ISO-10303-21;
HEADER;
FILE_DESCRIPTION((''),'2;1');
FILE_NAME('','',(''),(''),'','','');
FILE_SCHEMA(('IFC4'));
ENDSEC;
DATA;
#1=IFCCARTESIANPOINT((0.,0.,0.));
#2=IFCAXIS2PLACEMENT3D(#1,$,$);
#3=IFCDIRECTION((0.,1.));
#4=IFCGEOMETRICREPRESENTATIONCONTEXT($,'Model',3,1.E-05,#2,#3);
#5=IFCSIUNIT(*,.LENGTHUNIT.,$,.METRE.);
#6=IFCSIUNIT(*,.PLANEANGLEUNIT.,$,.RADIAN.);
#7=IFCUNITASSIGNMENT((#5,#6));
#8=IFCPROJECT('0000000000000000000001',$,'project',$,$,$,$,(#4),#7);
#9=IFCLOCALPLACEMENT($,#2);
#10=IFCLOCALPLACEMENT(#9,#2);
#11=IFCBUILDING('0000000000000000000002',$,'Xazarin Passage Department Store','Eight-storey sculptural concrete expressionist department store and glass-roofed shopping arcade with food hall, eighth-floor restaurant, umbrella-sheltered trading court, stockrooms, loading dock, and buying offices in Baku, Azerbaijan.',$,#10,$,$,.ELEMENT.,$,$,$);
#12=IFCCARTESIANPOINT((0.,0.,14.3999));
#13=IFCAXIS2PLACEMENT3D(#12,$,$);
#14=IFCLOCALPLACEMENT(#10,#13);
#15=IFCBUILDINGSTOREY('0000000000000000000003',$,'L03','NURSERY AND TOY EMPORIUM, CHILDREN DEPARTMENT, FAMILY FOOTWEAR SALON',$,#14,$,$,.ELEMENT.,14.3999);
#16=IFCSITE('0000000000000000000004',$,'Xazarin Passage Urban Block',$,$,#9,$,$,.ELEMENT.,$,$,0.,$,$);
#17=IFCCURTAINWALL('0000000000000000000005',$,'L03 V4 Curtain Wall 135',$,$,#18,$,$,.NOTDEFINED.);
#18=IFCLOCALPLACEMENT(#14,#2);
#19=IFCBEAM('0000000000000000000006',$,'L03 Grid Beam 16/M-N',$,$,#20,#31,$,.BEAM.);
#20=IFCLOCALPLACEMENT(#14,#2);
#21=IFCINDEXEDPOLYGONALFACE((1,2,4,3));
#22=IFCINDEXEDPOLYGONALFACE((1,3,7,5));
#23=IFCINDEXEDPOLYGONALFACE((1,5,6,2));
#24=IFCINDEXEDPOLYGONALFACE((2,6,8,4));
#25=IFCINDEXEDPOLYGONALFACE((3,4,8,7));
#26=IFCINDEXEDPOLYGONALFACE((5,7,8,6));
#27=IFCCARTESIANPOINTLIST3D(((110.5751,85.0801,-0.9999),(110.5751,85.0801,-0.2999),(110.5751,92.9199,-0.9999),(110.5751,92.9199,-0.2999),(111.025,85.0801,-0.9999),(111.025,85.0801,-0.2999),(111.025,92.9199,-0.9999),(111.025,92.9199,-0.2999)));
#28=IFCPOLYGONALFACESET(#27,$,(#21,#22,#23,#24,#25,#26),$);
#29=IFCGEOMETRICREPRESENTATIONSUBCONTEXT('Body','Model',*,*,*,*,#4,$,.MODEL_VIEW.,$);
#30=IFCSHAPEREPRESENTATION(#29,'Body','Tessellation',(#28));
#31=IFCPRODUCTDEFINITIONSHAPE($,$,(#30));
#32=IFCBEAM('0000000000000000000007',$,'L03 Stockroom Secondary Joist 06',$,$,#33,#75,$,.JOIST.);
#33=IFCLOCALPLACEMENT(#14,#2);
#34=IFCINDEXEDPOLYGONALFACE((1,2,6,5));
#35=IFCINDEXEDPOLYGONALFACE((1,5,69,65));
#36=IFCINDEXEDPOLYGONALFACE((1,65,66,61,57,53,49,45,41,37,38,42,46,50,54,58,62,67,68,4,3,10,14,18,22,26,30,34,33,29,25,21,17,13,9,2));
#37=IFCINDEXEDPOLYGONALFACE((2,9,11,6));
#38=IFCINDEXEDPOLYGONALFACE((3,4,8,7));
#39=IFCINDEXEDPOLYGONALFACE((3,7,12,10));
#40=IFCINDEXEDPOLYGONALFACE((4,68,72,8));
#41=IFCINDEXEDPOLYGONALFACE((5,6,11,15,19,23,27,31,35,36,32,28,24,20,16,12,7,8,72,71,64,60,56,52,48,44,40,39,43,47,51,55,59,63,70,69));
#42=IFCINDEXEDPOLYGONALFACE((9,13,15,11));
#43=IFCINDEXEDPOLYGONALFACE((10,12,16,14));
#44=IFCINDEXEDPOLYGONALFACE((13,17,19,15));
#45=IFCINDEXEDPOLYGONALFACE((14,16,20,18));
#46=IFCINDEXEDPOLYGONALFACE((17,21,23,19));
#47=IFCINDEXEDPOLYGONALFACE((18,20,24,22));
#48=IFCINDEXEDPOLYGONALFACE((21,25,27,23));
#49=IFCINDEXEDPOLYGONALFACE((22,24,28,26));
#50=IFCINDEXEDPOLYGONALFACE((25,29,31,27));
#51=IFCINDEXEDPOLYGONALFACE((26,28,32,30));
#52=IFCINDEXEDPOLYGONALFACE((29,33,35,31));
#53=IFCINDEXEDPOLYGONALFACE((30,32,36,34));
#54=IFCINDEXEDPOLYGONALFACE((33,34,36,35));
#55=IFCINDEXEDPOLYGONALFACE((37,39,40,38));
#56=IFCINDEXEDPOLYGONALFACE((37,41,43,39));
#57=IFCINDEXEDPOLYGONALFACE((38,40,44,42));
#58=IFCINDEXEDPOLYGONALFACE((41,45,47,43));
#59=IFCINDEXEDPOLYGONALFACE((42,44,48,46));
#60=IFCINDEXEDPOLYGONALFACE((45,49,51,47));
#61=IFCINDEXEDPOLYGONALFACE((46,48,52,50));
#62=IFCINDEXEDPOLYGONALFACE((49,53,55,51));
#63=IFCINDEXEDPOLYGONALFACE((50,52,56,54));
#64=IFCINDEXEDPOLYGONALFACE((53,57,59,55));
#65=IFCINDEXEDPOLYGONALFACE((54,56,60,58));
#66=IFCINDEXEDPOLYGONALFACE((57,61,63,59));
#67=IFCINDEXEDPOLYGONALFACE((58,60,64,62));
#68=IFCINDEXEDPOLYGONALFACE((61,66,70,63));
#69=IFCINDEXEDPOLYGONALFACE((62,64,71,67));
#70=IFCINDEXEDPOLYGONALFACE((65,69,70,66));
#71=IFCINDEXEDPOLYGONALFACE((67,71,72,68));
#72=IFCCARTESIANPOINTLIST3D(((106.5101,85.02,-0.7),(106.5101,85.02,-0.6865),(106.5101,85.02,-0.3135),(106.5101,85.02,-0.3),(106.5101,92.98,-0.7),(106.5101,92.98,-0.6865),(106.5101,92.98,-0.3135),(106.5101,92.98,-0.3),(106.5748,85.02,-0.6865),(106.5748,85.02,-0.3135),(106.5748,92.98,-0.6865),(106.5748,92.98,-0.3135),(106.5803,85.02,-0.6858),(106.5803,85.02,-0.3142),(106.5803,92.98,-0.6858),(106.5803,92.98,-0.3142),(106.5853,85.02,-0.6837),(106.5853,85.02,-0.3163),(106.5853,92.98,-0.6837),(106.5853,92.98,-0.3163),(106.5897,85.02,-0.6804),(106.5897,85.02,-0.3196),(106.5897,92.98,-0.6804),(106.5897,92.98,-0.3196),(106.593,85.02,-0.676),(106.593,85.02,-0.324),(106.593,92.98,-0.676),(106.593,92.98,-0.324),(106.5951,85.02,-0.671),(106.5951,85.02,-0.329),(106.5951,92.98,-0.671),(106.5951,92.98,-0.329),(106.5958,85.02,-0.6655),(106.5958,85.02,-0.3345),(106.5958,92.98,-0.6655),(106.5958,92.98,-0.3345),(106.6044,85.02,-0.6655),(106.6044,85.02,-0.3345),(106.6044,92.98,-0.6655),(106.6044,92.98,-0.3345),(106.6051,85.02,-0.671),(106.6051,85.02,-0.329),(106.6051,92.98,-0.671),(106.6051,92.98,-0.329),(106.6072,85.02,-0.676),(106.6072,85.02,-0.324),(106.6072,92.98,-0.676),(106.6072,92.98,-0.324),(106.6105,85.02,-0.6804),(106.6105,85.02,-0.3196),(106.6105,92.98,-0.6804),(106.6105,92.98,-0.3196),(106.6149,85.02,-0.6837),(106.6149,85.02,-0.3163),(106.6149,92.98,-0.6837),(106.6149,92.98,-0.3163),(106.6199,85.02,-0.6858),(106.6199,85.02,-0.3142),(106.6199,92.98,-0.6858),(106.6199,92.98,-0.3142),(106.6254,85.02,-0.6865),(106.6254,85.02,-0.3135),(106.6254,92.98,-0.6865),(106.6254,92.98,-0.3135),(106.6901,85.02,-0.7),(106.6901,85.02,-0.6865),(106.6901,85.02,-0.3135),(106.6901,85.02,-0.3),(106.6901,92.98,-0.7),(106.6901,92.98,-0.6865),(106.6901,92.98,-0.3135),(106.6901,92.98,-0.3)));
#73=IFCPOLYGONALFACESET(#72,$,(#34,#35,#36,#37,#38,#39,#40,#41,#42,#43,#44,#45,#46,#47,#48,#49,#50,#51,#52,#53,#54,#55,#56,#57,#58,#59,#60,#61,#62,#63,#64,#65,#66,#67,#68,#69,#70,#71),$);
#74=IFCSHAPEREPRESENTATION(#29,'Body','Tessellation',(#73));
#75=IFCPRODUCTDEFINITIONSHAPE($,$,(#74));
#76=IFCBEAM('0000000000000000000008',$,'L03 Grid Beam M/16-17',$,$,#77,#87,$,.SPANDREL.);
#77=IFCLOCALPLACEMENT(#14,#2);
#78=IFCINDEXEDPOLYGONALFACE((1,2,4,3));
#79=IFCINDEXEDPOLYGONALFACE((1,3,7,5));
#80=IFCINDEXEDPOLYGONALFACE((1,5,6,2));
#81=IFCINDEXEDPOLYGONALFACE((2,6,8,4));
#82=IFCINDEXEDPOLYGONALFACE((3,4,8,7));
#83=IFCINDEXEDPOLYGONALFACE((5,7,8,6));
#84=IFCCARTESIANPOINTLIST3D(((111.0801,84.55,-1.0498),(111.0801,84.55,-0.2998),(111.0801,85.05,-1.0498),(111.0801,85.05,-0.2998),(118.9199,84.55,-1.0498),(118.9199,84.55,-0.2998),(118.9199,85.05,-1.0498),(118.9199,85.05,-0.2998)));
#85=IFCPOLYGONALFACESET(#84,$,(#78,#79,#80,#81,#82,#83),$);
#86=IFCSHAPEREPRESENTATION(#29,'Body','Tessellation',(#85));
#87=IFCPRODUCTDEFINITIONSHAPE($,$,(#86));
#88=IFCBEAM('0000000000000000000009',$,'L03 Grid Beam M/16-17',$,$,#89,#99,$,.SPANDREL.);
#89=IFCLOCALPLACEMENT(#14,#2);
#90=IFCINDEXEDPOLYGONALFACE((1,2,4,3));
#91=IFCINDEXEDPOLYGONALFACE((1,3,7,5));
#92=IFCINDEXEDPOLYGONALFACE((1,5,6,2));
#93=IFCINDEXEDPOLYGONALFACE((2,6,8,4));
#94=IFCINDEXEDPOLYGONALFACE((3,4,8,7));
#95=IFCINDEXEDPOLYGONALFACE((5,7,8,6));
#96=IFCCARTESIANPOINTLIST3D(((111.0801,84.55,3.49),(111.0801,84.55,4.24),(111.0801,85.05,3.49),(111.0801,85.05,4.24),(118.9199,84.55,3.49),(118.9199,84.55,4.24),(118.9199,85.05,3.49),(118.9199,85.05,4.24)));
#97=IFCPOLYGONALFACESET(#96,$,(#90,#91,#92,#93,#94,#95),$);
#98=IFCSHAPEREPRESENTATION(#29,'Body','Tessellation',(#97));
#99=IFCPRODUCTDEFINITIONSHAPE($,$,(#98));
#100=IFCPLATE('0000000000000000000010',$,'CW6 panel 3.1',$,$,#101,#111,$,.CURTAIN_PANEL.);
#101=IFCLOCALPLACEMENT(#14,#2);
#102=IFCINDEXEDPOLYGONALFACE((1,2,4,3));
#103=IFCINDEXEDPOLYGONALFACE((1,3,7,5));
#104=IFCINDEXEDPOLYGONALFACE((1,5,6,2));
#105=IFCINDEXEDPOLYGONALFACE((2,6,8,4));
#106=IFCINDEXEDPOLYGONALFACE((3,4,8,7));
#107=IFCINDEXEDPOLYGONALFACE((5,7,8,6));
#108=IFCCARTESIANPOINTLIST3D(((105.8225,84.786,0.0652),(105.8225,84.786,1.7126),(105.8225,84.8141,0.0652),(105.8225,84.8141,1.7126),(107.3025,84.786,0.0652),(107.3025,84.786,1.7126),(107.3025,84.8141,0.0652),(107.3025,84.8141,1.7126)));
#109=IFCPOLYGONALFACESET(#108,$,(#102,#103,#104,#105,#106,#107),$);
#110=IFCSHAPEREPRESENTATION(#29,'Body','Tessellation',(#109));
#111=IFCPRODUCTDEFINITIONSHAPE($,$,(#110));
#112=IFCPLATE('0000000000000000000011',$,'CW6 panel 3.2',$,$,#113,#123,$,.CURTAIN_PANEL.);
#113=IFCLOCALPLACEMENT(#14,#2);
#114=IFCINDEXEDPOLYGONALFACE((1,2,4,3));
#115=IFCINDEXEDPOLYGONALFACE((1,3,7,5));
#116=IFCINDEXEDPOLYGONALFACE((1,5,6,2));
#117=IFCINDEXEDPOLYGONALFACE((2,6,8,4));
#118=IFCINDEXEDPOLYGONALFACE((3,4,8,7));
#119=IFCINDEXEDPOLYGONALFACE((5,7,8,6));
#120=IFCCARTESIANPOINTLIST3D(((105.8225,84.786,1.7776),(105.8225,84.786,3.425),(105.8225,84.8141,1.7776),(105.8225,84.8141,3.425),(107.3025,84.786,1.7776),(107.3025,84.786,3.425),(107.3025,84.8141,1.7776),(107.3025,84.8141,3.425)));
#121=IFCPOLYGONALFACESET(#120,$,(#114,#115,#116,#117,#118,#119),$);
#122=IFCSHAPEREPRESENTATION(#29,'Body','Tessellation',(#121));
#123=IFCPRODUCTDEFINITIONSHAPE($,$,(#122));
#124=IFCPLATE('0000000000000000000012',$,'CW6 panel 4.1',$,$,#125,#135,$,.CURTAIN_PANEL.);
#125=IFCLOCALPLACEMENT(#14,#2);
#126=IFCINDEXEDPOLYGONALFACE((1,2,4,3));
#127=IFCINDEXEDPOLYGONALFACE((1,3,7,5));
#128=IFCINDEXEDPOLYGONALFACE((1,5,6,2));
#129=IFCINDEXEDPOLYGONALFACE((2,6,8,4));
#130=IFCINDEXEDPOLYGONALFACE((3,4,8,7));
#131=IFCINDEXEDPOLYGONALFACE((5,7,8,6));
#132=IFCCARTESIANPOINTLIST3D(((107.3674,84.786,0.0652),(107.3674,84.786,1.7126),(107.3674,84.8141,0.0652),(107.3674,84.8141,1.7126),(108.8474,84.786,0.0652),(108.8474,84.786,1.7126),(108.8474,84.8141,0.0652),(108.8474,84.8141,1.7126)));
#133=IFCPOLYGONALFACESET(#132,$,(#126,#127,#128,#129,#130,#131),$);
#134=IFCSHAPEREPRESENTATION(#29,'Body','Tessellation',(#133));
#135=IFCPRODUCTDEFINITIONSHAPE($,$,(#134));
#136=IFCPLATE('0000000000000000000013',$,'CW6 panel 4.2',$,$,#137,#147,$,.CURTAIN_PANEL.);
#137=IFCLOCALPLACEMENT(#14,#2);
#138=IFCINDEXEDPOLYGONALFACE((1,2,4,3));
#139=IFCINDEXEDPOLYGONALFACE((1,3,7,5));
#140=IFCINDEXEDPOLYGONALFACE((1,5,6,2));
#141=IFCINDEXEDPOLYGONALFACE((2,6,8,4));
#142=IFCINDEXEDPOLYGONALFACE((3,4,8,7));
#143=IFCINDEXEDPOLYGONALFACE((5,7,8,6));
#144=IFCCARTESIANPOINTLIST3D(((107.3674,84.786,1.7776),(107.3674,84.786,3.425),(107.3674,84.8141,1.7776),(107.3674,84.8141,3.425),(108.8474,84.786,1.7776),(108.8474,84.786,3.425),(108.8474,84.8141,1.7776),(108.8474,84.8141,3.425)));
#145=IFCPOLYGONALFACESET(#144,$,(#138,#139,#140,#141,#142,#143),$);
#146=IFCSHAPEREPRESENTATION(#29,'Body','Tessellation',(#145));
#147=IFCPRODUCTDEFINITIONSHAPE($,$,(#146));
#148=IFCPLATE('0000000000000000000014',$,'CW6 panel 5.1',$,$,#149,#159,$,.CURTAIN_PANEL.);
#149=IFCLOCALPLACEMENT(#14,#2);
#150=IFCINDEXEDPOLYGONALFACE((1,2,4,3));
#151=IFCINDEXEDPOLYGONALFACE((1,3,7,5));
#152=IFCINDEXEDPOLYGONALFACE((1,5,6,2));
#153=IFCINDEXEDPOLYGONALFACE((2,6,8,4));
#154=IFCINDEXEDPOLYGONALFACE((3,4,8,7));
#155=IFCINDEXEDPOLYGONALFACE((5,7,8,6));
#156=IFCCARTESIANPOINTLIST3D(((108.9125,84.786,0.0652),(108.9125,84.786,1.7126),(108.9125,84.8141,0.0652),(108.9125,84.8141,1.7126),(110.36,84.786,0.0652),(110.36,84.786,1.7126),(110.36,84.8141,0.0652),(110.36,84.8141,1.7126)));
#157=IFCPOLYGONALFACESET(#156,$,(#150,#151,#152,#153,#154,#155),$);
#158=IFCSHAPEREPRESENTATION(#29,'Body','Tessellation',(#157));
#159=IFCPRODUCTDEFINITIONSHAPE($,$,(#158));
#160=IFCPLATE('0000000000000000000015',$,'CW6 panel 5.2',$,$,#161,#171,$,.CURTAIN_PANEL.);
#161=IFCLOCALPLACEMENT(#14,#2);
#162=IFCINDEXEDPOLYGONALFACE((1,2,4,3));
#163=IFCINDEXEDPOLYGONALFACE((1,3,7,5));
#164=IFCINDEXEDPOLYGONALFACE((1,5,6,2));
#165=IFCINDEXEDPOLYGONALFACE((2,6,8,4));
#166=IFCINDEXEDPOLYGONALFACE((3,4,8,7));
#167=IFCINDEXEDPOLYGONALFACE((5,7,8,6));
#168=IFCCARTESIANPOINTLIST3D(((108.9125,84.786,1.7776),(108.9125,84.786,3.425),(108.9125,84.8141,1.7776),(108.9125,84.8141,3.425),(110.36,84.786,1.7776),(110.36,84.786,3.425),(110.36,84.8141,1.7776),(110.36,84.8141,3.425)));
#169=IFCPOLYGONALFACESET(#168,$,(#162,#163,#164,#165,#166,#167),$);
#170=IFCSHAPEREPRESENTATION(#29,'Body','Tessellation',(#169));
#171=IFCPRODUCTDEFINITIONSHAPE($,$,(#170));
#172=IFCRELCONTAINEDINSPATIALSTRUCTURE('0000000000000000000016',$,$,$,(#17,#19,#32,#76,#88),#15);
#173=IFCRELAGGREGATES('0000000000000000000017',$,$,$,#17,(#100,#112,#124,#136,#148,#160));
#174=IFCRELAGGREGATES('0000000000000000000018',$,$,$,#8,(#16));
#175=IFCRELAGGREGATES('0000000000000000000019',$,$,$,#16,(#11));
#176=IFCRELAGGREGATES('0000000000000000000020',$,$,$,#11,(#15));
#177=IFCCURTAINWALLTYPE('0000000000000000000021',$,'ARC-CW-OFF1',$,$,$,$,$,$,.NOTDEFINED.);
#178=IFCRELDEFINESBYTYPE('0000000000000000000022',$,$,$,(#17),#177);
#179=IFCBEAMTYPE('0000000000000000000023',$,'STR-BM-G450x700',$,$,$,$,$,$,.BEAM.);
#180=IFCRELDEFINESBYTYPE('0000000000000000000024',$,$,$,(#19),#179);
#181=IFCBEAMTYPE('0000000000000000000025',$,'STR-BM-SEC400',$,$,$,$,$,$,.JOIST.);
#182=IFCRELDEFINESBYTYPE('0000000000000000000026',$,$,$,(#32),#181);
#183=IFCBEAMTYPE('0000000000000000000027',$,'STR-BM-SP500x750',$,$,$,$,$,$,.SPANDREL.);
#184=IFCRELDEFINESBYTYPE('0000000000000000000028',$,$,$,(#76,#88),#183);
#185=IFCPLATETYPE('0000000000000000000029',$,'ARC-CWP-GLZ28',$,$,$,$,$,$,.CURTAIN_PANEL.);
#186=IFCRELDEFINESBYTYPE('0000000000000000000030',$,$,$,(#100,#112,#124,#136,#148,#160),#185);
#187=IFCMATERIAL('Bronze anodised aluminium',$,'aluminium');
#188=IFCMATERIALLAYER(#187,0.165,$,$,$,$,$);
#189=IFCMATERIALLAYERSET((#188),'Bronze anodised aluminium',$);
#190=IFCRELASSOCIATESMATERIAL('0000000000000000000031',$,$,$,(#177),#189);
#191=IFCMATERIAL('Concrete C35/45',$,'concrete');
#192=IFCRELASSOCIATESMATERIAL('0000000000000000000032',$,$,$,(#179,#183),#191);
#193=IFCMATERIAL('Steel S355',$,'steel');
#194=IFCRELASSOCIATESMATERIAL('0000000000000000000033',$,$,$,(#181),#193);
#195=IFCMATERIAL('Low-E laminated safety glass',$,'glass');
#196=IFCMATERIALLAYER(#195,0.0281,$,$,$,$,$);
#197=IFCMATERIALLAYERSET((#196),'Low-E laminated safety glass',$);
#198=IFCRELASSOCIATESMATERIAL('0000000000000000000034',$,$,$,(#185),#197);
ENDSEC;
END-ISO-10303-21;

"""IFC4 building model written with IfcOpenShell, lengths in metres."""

from ifc_helpers import new_model, si_unit, direction, frame, origin, origin_2d, place, context, subcontext, project, spatial, rectangle, i_section, extrude, material, layer, layer_set, material_profile, profile_set, type_object, element, aggregate, save


model = new_model("IFC4")

# Units and contexts
model_context = context("Model", 3, precision=1e-05, world=origin(), true_north=direction((0.0, 1.0)))
body_context = subcontext(model_context, "Body", "Model", "MODEL_VIEW")
ifc_project = project(units=[si_unit("LENGTHUNIT", "METRE"), si_unit("PLANEANGLEUNIT", "RADIAN")], contexts=[model_context])

# Site, building, storey
site_placement = place(None, origin())
site = spatial("IfcSite", under=ifc_project, at=site_placement, Name="Xazarin Passage Urban Block", CompositionType="ELEMENT", RefElevation=0.0)
building_placement = place(site_placement, origin())
building = spatial("IfcBuilding", under=site, at=building_placement, Name="Xazarin Passage Department Store", Description="Eight-storey sculptural concrete expressionist department store and glass-roofed shopping arcade with food hall, eighth-floor restaurant, umbrella-sheltered trading court, stockrooms, loading dock, and buying offices in Baku, Azerbaijan.", CompositionType="ELEMENT")
storey_placement = place(building_placement, frame((0.0, 0.0, 14.3999)))
storey = spatial("IfcBuildingStorey", under=building, at=storey_placement, Name="L03", Description="NURSERY AND TOY EMPORIUM, CHILDREN DEPARTMENT, FAMILY FOOTWEAR SALON", CompositionType="ELEMENT", Elevation=14.3999)

# Curtain wall
ifc_material_1 = material(Name="Bronze anodised aluminium", Category="aluminium")
ifc_layer_1 = layer(ifc_material_1, 0.165)
ifc_layer_set_1 = layer_set([ifc_layer_1], Name="Bronze anodised aluminium")
curtain_wall_type = type_object("IfcCurtainWallType", Name="ARC-CW-OFF1", PredefinedType="NOTDEFINED", material=ifc_layer_set_1)
curtain_wall_placement = place(storey_placement, origin())
curtain_wall = element("IfcCurtainWall", 1, at=curtain_wall_placement, inside=storey, type_object=curtain_wall_type, Name="L03 V4 Curtain Wall 135", PredefinedType="NOTDEFINED")

# Beams
ifc_material_2 = material(Name="Concrete C35/45", Category="concrete")
ifc_material_profile_1 = material_profile(ifc_material_2, rectangle(XDim=0.45, YDim=0.7, at=origin_2d()), Name="RC 450x700")
ifc_profile_set_1 = profile_set([ifc_material_profile_1], Name="Concrete C35/45")
beam_type_1 = type_object("IfcBeamType", Name="STR-BM-G450x700", PredefinedType="BEAM", material=ifc_profile_set_1)
beam_1_placement = place(storey_placement, frame((110.8, 85.0801, -0.6499), z_axis=(0.0, 1.0, 0.0), x_axis=(-1.0, 0.0, 0.0)))
element("IfcBeam", 2, at=beam_1_placement, inside=storey, type_object=beam_type_1, Name="L03 Grid Beam 16/M-N", PredefinedType="BEAM", context=body_context, shape_type="SweptSolid", body=[
    extrude(rectangle(XDim=0.45, YDim=0.7, at=origin_2d()), origin(), (0.0, 0.0, 1.0), 7.8398),
])
ifc_material_3 = material(Name="Steel S355", Category="steel")
ifc_material_profile_2 = material_profile(ifc_material_3, i_section(OverallWidth=0.1799, OverallDepth=0.3999, WebThickness=0.0085, FlangeThickness=0.0134, FilletRadius=0.021, at=origin_2d()), Name="IPE 400")
ifc_profile_set_2 = profile_set([ifc_material_profile_2], Name="Steel S355")
beam_type_2 = type_object("IfcBeamType", Name="STR-BM-SEC400", PredefinedType="JOIST", material=ifc_profile_set_2)
beam_2_placement = place(storey_placement, frame((106.6001, 85.02, -0.5), z_axis=(0.0, 1.0, 0.0), x_axis=(-1.0, 0.0, 0.0)))
element("IfcBeam", 3, at=beam_2_placement, inside=storey, type_object=beam_type_2, Name="L03 Stockroom Secondary Joist 06", PredefinedType="JOIST", context=body_context, shape_type="SweptSolid", body=[
    extrude(i_section(OverallWidth=0.1799, OverallDepth=0.3999, WebThickness=0.0085, FlangeThickness=0.0134, FilletRadius=0.021, at=origin_2d()), origin(), (0.0, 0.0, 1.0), 7.96),
])
ifc_material_profile_3 = material_profile(ifc_material_2, rectangle(XDim=0.5, YDim=0.75, at=origin_2d()), Name="RC 500x750")
ifc_profile_set_3 = profile_set([ifc_material_profile_3], Name="Concrete C35/45")
beam_type_3 = type_object("IfcBeamType", Name="STR-BM-SP500x750", PredefinedType="SPANDREL", material=ifc_profile_set_3)
for number, where, z_axis, x_axis, name in (
    (4, (111.0801, 84.8, -0.6748), (1.0, 0.0, 0.0), (0.0, 1.0, 0.0), "L03 Grid Beam M/16-17"),
    (5, (111.0801, 84.8, 3.865), (1.0, 0.0, 0.0), (0.0, 1.0, 0.0), "L03 Grid Beam M/16-17"),
):
    element("IfcBeam", number, at=place(storey_placement, frame(where, z_axis=z_axis, x_axis=x_axis)), inside=storey, type_object=beam_type_3, Name=name, PredefinedType="SPANDREL", context=body_context, shape_type="SweptSolid", body=[
        extrude(rectangle(XDim=0.5, YDim=0.75, at=origin_2d()), origin(), (0.0, 0.0, 1.0), 7.8398),
    ])

# Plates
ifc_material_4 = material(Name="Low-E laminated safety glass", Category="glass")
ifc_layer_2 = layer(ifc_material_4, 0.0281)
ifc_layer_set_2 = layer_set([ifc_layer_2], Name="Low-E laminated safety glass")
plate_type = type_object("IfcPlateType", Name="ARC-CWP-GLZ28", PredefinedType="CURTAIN_PANEL", material=ifc_layer_set_2)
plate_1_placement = place(storey_placement, frame((106.5625, 84.8, 0.0652), z_axis=(0.0, 0.0, 1.0), x_axis=(1.0, 0.0, 0.0)))
plate_1 = element("IfcPlate", 6, at=plate_1_placement, type_object=plate_type, Name="CW6 panel 3.1", PredefinedType="CURTAIN_PANEL", context=body_context, shape_type="SweptSolid", body=[
    extrude(rectangle(XDim=1.48, YDim=0.0281, at=origin_2d()), origin(), (0.0, 0.0, 1.0), 1.6475),
])
plate_2_placement = place(storey_placement, frame((106.5625, 84.8, 1.7776), z_axis=(0.0, 0.0, 1.0), x_axis=(1.0, 0.0, 0.0)))
plate_2 = element("IfcPlate", 7, at=plate_2_placement, type_object=plate_type, Name="CW6 panel 3.2", PredefinedType="CURTAIN_PANEL", context=body_context, shape_type="SweptSolid", body=[
    extrude(rectangle(XDim=1.48, YDim=0.0281, at=origin_2d()), origin(), (0.0, 0.0, 1.0), 1.6475),
])
plate_3_placement = place(storey_placement, frame((108.1074, 84.8, 0.0652), z_axis=(0.0, 0.0, 1.0), x_axis=(1.0, 0.0, 0.0)))
plate_3 = element("IfcPlate", 8, at=plate_3_placement, type_object=plate_type, Name="CW6 panel 4.1", PredefinedType="CURTAIN_PANEL", context=body_context, shape_type="SweptSolid", body=[
    extrude(rectangle(XDim=1.48, YDim=0.0281, at=origin_2d()), origin(), (0.0, 0.0, 1.0), 1.6475),
])
plate_4_placement = place(storey_placement, frame((108.1074, 84.8, 1.7776), z_axis=(0.0, 0.0, 1.0), x_axis=(1.0, 0.0, 0.0)))
plate_4 = element("IfcPlate", 9, at=plate_4_placement, type_object=plate_type, Name="CW6 panel 4.2", PredefinedType="CURTAIN_PANEL", context=body_context, shape_type="SweptSolid", body=[
    extrude(rectangle(XDim=1.48, YDim=0.0281, at=origin_2d()), origin(), (0.0, 0.0, 1.0), 1.6475),
])
plate_5_placement = place(storey_placement, frame((109.6362, 84.8, 0.0652), z_axis=(0.0, 0.0, 1.0), x_axis=(1.0, 0.0, 0.0)))
plate_5 = element("IfcPlate", 10, at=plate_5_placement, type_object=plate_type, Name="CW6 panel 5.1", PredefinedType="CURTAIN_PANEL", context=body_context, shape_type="SweptSolid", body=[
    extrude(rectangle(XDim=1.4475, YDim=0.0281, at=origin_2d()), origin(), (0.0, 0.0, 1.0), 1.6475),
])
plate_6_placement = place(storey_placement, frame((109.6362, 84.8, 1.7776), z_axis=(0.0, 0.0, 1.0), x_axis=(1.0, 0.0, 0.0)))
plate_6 = element("IfcPlate", 11, at=plate_6_placement, type_object=plate_type, Name="CW6 panel 5.2", PredefinedType="CURTAIN_PANEL", context=body_context, shape_type="SweptSolid", body=[
    extrude(rectangle(XDim=1.4475, YDim=0.0281, at=origin_2d()), origin(), (0.0, 0.0, 1.0), 1.6475),
])
aggregate(curtain_wall, [plate_1, plate_2, plate_3, plate_4, plate_5, plate_6])

save(model, "model.ifc")
